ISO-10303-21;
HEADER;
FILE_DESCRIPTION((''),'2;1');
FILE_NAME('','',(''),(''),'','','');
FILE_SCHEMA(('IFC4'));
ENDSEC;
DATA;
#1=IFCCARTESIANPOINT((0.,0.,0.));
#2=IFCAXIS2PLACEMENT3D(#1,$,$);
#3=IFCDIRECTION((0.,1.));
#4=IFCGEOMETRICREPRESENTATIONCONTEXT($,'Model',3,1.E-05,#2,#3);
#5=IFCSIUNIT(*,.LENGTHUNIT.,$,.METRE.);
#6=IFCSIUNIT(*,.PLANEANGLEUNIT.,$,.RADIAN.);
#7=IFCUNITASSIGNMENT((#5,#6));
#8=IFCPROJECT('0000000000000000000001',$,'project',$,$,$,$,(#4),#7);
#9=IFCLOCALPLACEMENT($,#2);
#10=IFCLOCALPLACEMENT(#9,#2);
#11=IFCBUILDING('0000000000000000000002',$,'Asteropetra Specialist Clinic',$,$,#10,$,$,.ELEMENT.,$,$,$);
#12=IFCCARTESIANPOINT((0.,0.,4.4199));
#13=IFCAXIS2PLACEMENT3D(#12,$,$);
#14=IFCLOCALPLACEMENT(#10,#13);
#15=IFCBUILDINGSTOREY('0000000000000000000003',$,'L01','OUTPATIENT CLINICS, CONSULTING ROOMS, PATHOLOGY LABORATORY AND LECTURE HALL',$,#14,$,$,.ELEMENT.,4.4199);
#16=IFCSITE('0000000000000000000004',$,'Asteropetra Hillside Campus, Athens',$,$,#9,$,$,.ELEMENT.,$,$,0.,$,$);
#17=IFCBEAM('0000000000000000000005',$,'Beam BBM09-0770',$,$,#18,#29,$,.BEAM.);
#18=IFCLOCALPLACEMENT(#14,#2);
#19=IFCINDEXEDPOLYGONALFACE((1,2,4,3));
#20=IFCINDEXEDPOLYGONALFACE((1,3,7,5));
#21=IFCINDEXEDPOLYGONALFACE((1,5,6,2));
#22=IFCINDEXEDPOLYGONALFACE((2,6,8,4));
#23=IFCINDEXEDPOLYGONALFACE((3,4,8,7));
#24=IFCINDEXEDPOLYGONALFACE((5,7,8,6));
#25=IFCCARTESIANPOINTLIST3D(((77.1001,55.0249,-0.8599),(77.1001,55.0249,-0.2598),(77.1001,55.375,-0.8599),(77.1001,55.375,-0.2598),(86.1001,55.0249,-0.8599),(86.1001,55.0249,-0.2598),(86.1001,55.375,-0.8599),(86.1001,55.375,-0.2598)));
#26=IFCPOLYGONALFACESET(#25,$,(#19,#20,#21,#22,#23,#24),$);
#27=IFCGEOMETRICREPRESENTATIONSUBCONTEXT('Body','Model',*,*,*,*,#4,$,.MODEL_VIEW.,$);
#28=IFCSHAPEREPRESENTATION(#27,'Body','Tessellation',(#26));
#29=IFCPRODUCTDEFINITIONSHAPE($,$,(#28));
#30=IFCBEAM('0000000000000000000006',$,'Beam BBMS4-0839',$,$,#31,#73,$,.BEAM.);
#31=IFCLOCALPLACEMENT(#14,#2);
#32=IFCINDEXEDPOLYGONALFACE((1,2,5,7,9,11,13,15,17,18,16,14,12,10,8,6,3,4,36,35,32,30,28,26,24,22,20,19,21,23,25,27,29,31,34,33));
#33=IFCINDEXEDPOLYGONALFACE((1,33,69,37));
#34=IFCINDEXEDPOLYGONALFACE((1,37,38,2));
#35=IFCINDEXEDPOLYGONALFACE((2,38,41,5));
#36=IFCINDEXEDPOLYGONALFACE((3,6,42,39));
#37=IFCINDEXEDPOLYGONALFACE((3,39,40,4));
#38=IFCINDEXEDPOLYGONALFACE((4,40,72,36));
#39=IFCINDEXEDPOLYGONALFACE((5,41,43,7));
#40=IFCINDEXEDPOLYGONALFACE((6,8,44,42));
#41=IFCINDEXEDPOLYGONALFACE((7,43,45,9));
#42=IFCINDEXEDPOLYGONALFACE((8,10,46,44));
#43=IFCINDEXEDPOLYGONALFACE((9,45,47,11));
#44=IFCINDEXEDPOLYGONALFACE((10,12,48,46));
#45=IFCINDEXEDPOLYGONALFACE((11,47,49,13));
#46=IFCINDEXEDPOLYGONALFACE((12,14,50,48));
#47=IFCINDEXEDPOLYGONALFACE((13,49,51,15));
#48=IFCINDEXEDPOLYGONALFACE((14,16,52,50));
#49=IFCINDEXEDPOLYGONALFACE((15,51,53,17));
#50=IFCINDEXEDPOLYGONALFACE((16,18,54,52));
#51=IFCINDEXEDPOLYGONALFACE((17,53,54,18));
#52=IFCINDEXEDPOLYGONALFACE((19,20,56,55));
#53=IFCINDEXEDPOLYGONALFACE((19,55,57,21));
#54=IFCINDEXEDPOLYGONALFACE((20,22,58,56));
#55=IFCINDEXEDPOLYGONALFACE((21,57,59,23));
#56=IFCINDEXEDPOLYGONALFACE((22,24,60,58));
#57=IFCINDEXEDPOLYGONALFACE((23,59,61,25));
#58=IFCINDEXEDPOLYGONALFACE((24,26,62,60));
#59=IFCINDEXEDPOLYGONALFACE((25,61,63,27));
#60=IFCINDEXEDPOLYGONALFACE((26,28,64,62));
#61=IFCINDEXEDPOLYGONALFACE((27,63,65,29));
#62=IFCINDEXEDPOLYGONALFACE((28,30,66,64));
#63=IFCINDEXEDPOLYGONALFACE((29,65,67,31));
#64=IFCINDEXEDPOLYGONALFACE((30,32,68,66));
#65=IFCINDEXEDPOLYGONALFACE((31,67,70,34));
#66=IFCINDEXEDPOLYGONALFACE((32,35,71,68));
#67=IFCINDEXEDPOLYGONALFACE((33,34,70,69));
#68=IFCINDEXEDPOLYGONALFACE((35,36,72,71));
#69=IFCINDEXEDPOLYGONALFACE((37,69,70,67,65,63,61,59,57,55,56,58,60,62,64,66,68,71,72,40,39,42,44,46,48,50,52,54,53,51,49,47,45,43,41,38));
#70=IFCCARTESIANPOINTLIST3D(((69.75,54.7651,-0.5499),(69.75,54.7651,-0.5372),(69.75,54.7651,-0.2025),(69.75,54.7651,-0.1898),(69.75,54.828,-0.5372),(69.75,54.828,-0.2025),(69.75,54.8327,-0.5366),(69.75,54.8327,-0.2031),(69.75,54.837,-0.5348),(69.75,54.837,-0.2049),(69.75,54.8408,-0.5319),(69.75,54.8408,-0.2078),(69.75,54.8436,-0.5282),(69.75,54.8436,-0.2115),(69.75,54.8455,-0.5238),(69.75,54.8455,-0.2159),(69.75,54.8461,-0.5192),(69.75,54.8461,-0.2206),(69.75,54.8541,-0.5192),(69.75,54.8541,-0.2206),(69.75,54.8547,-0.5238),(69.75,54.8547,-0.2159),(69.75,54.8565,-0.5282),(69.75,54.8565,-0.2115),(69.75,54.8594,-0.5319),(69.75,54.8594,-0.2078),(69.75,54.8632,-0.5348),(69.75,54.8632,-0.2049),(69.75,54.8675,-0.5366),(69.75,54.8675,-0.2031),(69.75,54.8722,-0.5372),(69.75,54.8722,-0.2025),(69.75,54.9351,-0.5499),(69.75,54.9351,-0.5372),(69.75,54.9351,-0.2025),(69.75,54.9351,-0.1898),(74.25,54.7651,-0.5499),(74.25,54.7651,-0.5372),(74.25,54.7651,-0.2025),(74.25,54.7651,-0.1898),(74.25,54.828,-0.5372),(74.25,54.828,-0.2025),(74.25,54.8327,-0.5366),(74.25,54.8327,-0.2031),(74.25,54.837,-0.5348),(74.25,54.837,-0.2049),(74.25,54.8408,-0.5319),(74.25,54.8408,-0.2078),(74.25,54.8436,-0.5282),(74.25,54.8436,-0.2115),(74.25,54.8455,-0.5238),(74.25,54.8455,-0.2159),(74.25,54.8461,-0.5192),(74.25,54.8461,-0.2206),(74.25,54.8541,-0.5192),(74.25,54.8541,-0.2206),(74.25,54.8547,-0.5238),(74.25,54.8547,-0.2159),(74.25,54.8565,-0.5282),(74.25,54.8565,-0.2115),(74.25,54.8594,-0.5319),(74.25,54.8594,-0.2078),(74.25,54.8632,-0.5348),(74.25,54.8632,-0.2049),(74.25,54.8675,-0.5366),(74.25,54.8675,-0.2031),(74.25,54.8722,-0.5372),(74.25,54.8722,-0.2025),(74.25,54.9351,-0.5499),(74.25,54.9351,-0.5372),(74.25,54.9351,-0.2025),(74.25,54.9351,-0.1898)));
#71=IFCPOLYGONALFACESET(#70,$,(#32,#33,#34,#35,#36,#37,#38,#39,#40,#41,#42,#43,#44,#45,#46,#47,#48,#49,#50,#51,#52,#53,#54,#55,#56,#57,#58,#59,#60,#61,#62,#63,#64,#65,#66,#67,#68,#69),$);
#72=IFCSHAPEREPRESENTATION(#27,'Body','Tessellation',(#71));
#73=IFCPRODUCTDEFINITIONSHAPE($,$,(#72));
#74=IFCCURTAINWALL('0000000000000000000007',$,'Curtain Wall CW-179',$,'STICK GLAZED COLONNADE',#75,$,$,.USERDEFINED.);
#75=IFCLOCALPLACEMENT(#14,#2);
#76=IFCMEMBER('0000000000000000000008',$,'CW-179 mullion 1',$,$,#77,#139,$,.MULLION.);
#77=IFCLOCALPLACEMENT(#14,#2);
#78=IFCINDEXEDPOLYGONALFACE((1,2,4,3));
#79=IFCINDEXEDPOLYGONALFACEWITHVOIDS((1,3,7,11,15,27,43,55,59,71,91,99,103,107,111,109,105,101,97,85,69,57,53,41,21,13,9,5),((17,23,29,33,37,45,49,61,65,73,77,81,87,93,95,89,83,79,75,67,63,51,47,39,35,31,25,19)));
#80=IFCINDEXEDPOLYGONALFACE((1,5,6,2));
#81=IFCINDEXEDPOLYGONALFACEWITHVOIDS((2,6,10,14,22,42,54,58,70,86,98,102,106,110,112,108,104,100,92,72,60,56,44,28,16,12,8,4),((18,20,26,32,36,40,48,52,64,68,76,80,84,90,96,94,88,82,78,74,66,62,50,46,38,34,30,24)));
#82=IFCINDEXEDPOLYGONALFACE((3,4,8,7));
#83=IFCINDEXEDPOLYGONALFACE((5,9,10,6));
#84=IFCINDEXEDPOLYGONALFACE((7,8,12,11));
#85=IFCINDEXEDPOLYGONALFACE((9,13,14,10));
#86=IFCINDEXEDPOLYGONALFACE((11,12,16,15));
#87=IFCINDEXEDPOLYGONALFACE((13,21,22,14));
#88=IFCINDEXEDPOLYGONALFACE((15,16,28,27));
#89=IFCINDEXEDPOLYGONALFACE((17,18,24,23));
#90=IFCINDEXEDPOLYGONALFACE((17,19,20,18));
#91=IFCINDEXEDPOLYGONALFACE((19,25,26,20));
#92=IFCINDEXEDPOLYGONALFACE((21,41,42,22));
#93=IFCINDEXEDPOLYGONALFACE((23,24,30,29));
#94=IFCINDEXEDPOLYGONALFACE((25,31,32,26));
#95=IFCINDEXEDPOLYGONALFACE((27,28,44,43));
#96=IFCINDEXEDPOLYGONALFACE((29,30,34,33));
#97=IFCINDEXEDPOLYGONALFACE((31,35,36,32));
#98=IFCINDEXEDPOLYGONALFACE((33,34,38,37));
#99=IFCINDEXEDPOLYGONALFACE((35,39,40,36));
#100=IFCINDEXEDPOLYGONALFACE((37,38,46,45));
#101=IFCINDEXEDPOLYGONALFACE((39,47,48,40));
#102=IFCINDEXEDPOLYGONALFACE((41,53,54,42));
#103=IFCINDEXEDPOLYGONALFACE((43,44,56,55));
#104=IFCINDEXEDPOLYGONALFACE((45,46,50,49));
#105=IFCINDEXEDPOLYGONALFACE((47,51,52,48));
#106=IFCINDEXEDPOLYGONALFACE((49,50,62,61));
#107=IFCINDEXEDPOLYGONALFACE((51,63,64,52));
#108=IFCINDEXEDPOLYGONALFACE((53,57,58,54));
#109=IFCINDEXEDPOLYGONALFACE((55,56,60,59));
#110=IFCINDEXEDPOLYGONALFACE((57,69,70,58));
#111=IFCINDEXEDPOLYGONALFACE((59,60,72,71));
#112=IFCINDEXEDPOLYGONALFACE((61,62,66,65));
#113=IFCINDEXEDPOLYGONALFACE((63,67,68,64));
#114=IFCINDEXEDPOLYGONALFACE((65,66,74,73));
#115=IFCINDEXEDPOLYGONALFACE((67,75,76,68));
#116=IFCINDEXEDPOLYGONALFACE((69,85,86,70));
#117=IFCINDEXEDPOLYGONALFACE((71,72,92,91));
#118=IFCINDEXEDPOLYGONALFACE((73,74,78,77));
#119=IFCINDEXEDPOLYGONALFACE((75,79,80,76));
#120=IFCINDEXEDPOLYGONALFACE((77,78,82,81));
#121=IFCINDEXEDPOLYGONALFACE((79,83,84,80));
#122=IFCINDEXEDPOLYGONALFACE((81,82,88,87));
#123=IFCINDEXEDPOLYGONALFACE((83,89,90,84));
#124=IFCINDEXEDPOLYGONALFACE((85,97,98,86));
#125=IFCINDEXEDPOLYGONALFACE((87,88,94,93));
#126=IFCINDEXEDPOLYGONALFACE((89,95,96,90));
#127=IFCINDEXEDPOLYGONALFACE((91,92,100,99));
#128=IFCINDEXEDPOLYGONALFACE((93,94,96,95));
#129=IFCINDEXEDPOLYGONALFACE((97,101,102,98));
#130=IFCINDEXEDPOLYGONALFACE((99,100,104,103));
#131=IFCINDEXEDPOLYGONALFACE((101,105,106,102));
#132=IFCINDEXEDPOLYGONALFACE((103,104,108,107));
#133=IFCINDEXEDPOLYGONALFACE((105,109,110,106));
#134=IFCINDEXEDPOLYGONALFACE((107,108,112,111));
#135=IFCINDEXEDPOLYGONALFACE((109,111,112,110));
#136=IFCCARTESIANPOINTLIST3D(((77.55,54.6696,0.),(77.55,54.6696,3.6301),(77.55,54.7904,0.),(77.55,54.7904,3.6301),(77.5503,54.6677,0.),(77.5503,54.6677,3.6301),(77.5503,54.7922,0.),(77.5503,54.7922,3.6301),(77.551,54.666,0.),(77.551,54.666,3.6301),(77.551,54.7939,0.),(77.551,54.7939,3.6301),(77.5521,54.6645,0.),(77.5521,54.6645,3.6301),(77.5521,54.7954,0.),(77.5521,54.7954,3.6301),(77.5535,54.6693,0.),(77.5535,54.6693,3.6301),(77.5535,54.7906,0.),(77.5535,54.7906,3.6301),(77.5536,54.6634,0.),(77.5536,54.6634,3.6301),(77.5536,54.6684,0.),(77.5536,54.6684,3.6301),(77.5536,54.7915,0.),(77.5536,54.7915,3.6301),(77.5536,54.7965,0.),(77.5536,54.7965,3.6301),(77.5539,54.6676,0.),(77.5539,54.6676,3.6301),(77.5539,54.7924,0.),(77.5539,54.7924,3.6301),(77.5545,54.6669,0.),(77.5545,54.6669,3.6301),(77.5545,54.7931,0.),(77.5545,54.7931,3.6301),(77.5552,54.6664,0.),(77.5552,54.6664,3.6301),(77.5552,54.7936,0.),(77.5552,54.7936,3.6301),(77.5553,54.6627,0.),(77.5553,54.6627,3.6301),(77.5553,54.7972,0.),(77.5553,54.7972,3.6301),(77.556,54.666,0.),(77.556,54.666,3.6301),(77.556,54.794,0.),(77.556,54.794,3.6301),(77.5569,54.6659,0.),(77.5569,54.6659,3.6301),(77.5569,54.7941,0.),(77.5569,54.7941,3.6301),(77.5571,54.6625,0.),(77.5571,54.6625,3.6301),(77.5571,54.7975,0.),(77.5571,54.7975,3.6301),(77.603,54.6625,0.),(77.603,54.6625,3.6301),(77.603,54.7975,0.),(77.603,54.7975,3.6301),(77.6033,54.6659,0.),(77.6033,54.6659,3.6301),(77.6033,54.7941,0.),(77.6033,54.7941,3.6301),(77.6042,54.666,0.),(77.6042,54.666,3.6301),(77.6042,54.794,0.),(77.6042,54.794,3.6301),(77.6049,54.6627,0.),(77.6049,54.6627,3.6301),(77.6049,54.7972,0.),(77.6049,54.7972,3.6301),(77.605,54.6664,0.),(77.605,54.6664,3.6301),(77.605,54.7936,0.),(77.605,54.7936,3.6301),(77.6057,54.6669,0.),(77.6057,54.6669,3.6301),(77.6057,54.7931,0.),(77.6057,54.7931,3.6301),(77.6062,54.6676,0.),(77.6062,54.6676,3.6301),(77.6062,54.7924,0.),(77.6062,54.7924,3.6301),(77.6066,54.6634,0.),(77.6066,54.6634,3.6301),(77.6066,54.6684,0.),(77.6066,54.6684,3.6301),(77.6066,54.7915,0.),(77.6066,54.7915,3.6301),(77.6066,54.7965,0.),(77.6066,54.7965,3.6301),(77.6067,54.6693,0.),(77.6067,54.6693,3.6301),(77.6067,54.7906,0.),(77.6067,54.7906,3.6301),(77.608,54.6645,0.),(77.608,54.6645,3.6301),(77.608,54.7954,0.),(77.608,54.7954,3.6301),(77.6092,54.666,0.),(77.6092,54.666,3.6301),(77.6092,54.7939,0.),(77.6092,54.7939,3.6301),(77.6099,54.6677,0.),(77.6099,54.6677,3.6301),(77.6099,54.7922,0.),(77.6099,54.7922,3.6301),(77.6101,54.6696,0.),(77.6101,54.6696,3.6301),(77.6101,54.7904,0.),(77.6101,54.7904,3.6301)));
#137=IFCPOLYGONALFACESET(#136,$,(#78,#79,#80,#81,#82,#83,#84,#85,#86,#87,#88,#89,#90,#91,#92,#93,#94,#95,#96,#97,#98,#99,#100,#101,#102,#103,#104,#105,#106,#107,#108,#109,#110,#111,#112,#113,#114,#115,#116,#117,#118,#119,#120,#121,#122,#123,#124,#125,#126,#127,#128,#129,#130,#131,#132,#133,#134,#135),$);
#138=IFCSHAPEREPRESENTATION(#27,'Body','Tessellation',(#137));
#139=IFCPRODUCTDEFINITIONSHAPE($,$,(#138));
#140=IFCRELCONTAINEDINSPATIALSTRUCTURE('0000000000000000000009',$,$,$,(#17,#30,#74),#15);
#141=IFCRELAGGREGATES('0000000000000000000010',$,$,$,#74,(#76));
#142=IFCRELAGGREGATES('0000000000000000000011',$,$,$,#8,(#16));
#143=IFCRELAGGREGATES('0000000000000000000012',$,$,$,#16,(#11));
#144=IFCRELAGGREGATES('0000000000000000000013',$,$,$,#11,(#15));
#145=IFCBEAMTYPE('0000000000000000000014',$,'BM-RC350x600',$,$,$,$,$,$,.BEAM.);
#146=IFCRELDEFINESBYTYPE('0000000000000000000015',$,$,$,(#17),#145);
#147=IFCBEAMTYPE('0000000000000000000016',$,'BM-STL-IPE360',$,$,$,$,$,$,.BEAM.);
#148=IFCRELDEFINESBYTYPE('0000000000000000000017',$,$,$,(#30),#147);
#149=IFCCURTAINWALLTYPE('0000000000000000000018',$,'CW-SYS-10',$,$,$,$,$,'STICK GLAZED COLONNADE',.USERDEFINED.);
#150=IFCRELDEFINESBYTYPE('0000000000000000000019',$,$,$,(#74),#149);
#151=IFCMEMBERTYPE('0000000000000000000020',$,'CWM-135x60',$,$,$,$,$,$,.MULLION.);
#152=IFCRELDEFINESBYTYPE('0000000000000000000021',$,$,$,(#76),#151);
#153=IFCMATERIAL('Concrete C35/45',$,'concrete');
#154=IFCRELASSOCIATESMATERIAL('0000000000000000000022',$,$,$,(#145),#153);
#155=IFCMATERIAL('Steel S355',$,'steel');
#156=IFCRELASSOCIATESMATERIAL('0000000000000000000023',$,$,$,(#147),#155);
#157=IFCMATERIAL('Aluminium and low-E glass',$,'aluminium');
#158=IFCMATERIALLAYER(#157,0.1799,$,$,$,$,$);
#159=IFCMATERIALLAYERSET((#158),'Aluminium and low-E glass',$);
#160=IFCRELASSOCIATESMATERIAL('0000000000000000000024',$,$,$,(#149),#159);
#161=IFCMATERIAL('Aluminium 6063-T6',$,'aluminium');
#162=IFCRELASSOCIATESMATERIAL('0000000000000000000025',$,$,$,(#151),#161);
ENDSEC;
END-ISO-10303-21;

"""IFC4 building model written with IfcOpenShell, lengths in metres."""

from ifc_helpers import new_model, si_unit, direction, frame, origin, origin_2d, place, context, subcontext, project, spatial, rectangle, hollow_rectangle, i_section, extrude, material, layer, layer_set, material_profile, profile_set, type_object, element, aggregate, save


model = new_model("IFC4")

# Units and contexts
model_context = context("Model", 3, precision=1e-05, world=origin(), true_north=direction((0.0, 1.0)))
body_context = subcontext(model_context, "Body", "Model", "MODEL_VIEW")
ifc_project = project(units=[si_unit("LENGTHUNIT", "METRE"), si_unit("PLANEANGLEUNIT", "RADIAN")], contexts=[model_context])

# Site, building, storey
site_placement = place(None, origin())
site = spatial("IfcSite", under=ifc_project, at=site_placement, Name="Asteropetra Hillside Campus, Athens", CompositionType="ELEMENT", RefElevation=0.0)
building_placement = place(site_placement, origin())
building = spatial("IfcBuilding", under=site, at=building_placement, Name="Asteropetra Specialist Clinic", CompositionType="ELEMENT")
storey_placement = place(building_placement, frame((0.0, 0.0, 4.4199)))
storey = spatial("IfcBuildingStorey", under=building, at=storey_placement, Name="L01", Description="OUTPATIENT CLINICS, CONSULTING ROOMS, PATHOLOGY LABORATORY AND LECTURE HALL", CompositionType="ELEMENT", Elevation=4.4199)

# Beams
ifc_material_1 = material(Name="Concrete C35/45", Category="concrete")
ifc_material_profile_1 = material_profile(ifc_material_1, rectangle(XDim=0.3501, YDim=0.6001, at=origin_2d()), Name="RCB 350x600")
ifc_profile_set_1 = profile_set([ifc_material_profile_1], Name="Concrete C35/45")
beam_type_1 = type_object("IfcBeamType", Name="BM-RC350x600", PredefinedType="BEAM", material=ifc_profile_set_1)
beam_1_placement = place(storey_placement, frame((77.1001, 55.2, -0.5598), z_axis=(1.0, 0.0, 0.0), x_axis=(0.0, 1.0, 0.0)))
element("IfcBeam", 1, at=beam_1_placement, inside=storey, type_object=beam_type_1, Name="Beam BBM09-0770", PredefinedType="BEAM", context=body_context, shape_type="SweptSolid", body=[
    extrude(rectangle(XDim=0.3501, YDim=0.6001, at=origin_2d()), origin(), (0.0, 0.0, 1.0), 9.0),
])
ifc_material_2 = material(Name="Steel S355", Category="steel")
ifc_material_profile_2 = material_profile(ifc_material_2, i_section(OverallWidth=0.1699, OverallDepth=0.3601, WebThickness=0.0081, FlangeThickness=0.0127, FilletRadius=0.0181, at=origin_2d()), Name="IPE 360")
ifc_profile_set_2 = profile_set([ifc_material_profile_2], Name="Steel S355")
beam_type_2 = type_object("IfcBeamType", Name="BM-STL-IPE360", PredefinedType="BEAM", material=ifc_profile_set_2)
beam_2_placement = place(storey_placement, frame((69.75, 54.8501, -0.3699), z_axis=(1.0, 0.0, 0.0), x_axis=(0.0, 1.0, 0.0)))
element("IfcBeam", 2, at=beam_2_placement, inside=storey, type_object=beam_type_2, Name="Beam BBMS4-0839", PredefinedType="BEAM", context=body_context, shape_type="SweptSolid", body=[
    extrude(i_section(OverallWidth=0.1699, OverallDepth=0.3601, WebThickness=0.0081, FlangeThickness=0.0127, FilletRadius=0.0181, at=origin_2d()), origin(), (0.0, 0.0, 1.0), 4.5),
])

# Curtain wall, member
ifc_material_3 = material(Name="Aluminium and low-E glass", Category="aluminium")
ifc_layer_1 = layer(ifc_material_3, 0.1799)
ifc_layer_set_1 = layer_set([ifc_layer_1], Name="Aluminium and low-E glass")
curtain_wall_type = type_object("IfcCurtainWallType", Name="CW-SYS-10", ElementType="STICK GLAZED COLONNADE", PredefinedType="USERDEFINED", material=ifc_layer_set_1)
curtain_wall_placement = place(storey_placement, origin())
curtain_wall = element("IfcCurtainWall", 3, at=curtain_wall_placement, inside=storey, type_object=curtain_wall_type, Name="Curtain Wall CW-179", ObjectType="STICK GLAZED COLONNADE", PredefinedType="USERDEFINED")
ifc_material_4 = material(Name="Aluminium 6063-T6", Category="aluminium")
ifc_material_profile_3 = material_profile(ifc_material_4, hollow_rectangle(XDim=0.0601, YDim=0.135, WallThickness=0.0034, InnerFilletRadius=0.0034, OuterFilletRadius=0.0071, at=origin_2d()), Name="MUL 135x60x3.5")
ifc_profile_set_3 = profile_set([ifc_material_profile_3], Name="Aluminium 6063-T6")
member_type_1 = type_object("IfcMemberType", Name="CWM-135x60", PredefinedType="MULLION", material=ifc_profile_set_3)
member_1_placement = place(storey_placement, frame((77.5801, 54.73, 0.0), z_axis=(0.0, 0.0, 1.0), x_axis=(1.0, 0.0, 0.0)))
member_1 = element("IfcMember", 4, at=member_1_placement, type_object=member_type_1, Name="CW-179 mullion 1", PredefinedType="MULLION", context=body_context, shape_type="SweptSolid", body=[
    extrude(hollow_rectangle(XDim=0.0601, YDim=0.135, WallThickness=0.0034, InnerFilletRadius=0.0034, OuterFilletRadius=0.0071, at=origin_2d()), origin(), (0.0, 0.0, 1.0), 3.6301),
])

aggregate(curtain_wall, [member_1])

save(model, "model.ifc")
